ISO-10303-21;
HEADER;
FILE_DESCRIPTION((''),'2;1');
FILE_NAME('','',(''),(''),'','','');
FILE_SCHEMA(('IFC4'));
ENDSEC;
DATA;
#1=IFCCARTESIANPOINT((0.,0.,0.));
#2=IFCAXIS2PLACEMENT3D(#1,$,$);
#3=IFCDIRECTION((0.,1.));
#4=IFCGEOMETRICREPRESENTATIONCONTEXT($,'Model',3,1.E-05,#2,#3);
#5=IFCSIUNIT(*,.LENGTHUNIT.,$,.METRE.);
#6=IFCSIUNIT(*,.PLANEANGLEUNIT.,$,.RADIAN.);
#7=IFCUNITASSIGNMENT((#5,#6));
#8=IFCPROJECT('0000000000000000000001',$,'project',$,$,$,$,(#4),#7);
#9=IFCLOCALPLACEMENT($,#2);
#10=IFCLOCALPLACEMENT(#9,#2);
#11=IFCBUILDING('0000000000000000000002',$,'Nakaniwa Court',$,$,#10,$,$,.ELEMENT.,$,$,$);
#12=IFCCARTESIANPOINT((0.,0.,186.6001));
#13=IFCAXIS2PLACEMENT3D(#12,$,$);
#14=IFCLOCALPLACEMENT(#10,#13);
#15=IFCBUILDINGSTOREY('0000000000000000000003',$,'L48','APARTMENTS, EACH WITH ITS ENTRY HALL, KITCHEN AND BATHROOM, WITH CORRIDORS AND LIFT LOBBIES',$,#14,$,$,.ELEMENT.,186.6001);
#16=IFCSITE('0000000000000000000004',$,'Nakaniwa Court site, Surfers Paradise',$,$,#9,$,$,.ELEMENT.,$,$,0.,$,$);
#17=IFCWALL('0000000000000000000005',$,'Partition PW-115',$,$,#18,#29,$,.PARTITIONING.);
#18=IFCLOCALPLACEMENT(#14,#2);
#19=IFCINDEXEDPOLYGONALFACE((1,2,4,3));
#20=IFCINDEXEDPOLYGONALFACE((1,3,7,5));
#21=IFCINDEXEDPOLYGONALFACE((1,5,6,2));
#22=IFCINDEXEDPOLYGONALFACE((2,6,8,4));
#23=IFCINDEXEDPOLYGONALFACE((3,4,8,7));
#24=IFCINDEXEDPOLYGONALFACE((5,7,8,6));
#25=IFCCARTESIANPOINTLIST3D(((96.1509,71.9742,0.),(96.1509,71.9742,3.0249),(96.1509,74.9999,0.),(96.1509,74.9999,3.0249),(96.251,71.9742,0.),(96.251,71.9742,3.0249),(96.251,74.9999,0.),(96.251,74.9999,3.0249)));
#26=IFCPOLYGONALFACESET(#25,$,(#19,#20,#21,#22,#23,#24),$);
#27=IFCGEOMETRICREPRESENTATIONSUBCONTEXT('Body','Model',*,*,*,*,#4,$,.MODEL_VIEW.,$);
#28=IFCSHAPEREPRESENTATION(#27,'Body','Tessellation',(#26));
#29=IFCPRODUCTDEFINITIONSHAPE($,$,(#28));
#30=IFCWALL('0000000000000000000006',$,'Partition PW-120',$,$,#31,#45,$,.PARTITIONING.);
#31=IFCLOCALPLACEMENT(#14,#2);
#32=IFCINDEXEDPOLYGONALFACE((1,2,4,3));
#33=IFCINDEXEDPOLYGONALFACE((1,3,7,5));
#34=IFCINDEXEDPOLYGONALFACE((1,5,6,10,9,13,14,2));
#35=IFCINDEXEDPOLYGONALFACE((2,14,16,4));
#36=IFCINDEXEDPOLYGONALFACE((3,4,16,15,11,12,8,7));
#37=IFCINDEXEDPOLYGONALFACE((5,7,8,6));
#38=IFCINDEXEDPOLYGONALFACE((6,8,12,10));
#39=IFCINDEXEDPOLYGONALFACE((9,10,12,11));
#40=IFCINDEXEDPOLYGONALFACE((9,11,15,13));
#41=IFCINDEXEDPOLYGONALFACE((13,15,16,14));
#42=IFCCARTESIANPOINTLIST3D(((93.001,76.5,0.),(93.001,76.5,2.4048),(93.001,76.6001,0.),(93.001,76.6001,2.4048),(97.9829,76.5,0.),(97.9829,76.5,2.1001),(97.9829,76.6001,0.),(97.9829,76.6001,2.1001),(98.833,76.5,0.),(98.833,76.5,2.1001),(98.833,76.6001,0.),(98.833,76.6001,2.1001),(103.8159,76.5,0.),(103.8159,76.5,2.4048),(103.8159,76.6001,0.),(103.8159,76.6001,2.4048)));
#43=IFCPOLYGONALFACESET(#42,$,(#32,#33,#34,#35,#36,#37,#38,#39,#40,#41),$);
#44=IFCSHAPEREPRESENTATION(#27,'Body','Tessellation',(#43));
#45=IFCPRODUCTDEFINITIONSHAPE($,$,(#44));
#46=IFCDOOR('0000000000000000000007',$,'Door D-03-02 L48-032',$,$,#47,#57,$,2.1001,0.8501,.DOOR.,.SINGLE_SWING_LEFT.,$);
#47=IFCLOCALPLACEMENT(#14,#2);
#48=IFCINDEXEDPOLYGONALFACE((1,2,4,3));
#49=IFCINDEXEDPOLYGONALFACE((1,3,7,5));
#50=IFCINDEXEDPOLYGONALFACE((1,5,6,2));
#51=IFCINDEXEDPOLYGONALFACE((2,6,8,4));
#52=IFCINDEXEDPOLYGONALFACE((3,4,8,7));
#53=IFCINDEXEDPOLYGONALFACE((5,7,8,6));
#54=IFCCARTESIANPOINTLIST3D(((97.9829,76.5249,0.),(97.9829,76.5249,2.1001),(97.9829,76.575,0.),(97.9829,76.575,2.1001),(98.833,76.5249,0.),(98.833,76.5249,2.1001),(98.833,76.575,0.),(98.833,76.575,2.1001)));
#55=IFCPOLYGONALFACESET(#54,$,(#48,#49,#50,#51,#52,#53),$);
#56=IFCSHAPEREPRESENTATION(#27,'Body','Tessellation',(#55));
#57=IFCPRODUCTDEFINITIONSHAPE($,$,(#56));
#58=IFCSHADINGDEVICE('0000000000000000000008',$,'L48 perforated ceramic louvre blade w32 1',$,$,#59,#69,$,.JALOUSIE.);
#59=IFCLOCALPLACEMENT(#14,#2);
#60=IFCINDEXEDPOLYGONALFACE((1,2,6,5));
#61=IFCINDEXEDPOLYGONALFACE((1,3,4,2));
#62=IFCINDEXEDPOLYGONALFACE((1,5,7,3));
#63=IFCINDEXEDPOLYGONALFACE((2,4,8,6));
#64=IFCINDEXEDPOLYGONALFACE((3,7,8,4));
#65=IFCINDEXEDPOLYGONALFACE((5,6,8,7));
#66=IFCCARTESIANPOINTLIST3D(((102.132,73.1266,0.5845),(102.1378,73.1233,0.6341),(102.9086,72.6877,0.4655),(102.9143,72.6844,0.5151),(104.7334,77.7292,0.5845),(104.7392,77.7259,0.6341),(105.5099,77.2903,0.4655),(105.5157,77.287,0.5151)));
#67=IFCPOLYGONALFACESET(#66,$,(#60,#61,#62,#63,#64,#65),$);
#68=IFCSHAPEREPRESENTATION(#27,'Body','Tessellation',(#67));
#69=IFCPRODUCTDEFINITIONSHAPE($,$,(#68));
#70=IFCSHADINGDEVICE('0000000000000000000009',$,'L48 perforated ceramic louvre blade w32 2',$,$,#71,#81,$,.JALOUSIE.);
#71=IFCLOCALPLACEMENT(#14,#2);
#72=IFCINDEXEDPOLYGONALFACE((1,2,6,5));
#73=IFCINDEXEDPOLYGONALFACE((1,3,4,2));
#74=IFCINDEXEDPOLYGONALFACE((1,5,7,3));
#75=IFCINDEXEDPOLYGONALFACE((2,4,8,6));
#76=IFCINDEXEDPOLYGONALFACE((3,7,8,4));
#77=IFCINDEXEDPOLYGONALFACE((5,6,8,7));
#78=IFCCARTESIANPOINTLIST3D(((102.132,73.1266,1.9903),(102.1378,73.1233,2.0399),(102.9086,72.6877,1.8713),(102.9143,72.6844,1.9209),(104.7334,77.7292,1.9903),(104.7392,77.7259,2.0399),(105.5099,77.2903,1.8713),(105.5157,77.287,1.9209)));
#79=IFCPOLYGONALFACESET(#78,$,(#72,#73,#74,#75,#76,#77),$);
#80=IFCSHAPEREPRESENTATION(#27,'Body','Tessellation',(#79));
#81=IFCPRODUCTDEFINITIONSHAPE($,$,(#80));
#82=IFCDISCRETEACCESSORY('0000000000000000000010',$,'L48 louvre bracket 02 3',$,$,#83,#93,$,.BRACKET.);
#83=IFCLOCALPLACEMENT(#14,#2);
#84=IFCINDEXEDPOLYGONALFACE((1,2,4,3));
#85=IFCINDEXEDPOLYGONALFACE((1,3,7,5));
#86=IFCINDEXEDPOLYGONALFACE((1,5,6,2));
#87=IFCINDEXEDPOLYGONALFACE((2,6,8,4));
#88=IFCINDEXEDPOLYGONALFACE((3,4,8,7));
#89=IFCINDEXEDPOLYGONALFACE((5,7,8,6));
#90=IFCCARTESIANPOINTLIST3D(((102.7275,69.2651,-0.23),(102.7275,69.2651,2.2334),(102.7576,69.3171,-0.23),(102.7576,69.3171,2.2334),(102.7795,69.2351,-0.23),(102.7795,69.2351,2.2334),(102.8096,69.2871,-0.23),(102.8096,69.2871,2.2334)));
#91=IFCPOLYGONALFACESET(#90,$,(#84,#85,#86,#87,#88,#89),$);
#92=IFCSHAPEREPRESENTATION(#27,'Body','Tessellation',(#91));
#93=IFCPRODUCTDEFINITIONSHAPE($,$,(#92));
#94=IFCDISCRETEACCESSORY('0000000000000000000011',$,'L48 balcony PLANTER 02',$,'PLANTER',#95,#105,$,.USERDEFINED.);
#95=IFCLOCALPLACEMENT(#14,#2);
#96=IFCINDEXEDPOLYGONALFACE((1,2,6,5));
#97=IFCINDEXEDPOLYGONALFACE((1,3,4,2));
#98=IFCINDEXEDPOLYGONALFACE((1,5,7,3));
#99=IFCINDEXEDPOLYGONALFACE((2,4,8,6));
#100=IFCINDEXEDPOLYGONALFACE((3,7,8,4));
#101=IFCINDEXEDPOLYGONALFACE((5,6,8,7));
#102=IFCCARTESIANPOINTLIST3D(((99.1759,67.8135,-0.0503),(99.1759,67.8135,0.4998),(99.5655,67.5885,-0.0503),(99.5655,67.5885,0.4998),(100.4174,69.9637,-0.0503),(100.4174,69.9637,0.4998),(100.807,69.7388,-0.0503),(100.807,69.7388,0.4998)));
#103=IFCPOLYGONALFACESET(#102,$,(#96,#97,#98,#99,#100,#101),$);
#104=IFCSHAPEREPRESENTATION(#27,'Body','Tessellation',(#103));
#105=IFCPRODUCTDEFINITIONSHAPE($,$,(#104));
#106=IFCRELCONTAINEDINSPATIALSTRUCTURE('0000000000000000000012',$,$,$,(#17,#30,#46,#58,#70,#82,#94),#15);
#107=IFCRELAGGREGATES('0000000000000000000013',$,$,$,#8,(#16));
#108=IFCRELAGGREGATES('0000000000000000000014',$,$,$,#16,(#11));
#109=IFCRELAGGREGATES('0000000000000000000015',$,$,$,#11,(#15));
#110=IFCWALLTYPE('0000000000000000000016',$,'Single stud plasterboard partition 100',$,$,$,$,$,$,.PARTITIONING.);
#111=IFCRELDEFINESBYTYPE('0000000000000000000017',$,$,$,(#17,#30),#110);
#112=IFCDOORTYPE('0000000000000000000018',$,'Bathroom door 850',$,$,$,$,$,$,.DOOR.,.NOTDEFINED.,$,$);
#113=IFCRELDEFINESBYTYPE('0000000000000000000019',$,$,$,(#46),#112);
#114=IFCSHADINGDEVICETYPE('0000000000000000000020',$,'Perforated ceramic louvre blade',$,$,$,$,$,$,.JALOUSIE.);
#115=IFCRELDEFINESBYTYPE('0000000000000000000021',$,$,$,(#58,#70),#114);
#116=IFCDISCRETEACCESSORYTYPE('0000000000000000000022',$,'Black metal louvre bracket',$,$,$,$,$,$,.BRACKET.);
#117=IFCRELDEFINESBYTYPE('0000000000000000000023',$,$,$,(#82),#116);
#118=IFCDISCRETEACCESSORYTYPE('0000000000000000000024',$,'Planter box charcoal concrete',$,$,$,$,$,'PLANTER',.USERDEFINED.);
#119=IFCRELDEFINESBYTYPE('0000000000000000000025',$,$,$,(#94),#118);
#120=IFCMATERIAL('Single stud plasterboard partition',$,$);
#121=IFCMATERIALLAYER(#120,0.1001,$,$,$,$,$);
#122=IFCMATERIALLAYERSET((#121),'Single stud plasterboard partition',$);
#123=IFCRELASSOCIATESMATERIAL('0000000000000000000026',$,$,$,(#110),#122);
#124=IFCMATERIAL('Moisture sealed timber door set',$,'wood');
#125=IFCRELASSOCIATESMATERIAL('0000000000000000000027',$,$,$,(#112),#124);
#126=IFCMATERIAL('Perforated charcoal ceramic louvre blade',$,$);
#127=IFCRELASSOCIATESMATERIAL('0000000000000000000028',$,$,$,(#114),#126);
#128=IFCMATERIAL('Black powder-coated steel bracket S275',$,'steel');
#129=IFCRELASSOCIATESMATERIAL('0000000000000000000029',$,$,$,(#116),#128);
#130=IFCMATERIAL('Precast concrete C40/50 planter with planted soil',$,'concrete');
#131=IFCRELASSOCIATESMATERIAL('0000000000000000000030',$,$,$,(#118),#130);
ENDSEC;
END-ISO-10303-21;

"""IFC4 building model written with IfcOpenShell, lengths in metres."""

from ifc_helpers import new_model, si_unit, direction, frame, frame_2d, origin, origin_2d, place, context, subcontext, project, spatial, rectangle, extrude, material, layer, layer_set, material_profile, profile_set, type_object, element, fill, save


model = new_model("IFC4")

# Units and contexts
model_context = context("Model", 3, precision=1e-05, world=origin(), true_north=direction((0.0, 1.0)))
body_context = subcontext(model_context, "Body", "Model", "MODEL_VIEW")
ifc_project = project(units=[si_unit("LENGTHUNIT", "METRE"), si_unit("PLANEANGLEUNIT", "RADIAN")], contexts=[model_context])

# Site, building, storey
site_placement = place(None, origin())
site = spatial("IfcSite", under=ifc_project, at=site_placement, Name="Nakaniwa Court site, Surfers Paradise", CompositionType="ELEMENT", RefElevation=0.0)
building_placement = place(site_placement, origin())
building = spatial("IfcBuilding", under=site, at=building_placement, Name="Nakaniwa Court", CompositionType="ELEMENT")
storey_placement = place(building_placement, frame((0.0, 0.0, 186.6001)))
storey = spatial("IfcBuildingStorey", under=building, at=storey_placement, Name="L48", Description="APARTMENTS, EACH WITH ITS ENTRY HALL, KITCHEN AND BATHROOM, WITH CORRIDORS AND LIFT LOBBIES", CompositionType="ELEMENT", Elevation=186.6001)

# Shared definitions
ifc_material_1 = material(Name="Single stud plasterboard partition")
ifc_layer_1 = layer(ifc_material_1, 0.1001)
ifc_layer_set_1 = layer_set([ifc_layer_1], Name="Single stud plasterboard partition")
wall_type_1 = type_object("IfcWallType", Name="Single stud plasterboard partition 100", PredefinedType="PARTITIONING", material=ifc_layer_set_1)
ifc_material_2 = material(Name="Moisture sealed timber door set", Category="wood")
door_type_1 = type_object("IfcDoorType", Name="Bathroom door 850", OperationType="NOTDEFINED", PredefinedType="DOOR", material=ifc_material_2)

# Wall
wall_1_placement = place(storey_placement, frame((96.2009, 71.9744, 0.0), z_axis=(0.0, 0.0, 1.0), x_axis=(0.0, 1.0, 0.0)))
element("IfcWall", 1, at=wall_1_placement, inside=storey, type_object=wall_type_1, Name="Partition PW-115", PredefinedType="PARTITIONING", context=body_context, shape_type="SweptSolid", body=[
    extrude(rectangle(XDim=3.0256, YDim=0.1001, at=frame_2d((1.5127, 0.0))), origin(), (0.0, 0.0, 1.0), 3.0249),
])

# Wall, opening, door
wall_2_placement = place(storey_placement, frame((93.001, 76.55, 0.0), z_axis=(0.0, 0.0, 1.0), x_axis=(1.0, 0.0, 0.0)))
wall_2 = element("IfcWall", 2, at=wall_2_placement, inside=storey, type_object=wall_type_1, Name="Partition PW-120", PredefinedType="PARTITIONING", context=body_context, shape_type="SweptSolid", body=[
    extrude(rectangle(XDim=10.8149, YDim=0.1001, at=frame_2d((5.4075, 0.0))), origin(), (0.0, 0.0, 1.0), 2.4048),
])
opening_1_placement = place(wall_2_placement, frame((4.9819, 0.0, 0.0)))
opening_1 = element("IfcOpeningElement", 3, at=opening_1_placement, cuts=wall_2, PredefinedType="OPENING", context=body_context, shape_type="SweptSolid", body=[
    extrude(rectangle(XDim=0.8501, YDim=2.1001, at=frame_2d((0.425, 1.05))), frame((0.0, 0.0601, 0.0), z_axis=(0.0, -1.0, 0.0), x_axis=(1.0, 0.0, 0.0)), (0.0, 0.0, 1.0), 0.1201),
])
door_1_placement = place(opening_1_placement, origin())
door_1 = element("IfcDoor", 4, at=door_1_placement, inside=storey, type_object=door_type_1, Name="Door D-03-02 L48-032", OperationType="SINGLE_SWING_LEFT", OverallHeight=2.1001, OverallWidth=0.8501, PredefinedType="DOOR", context=body_context, shape_type="SweptSolid", body=[
    extrude(rectangle(XDim=0.8501, YDim=2.1001, at=frame_2d((0.425, 1.05))), frame((0.0, 0.0249, 0.0), z_axis=(0.0, -1.0, 0.0), x_axis=(1.0, 0.0, 0.0)), (0.0, 0.0, 1.0), 0.05),
])
fill(opening_1, door_1)

# Shading devices
ifc_material_3 = material(Name="Perforated charcoal ceramic louvre blade")
ifc_material_profile_1 = material_profile(ifc_material_3, rectangle(XDim=0.8999, YDim=0.05, at=origin_2d()), Name="Perforated ceramic louvre blade")
ifc_profile_set_1 = profile_set([ifc_material_profile_1], Name="Perforated charcoal ceramic louvre blade")
shading_device_type = type_object("IfcShadingDeviceType", Name="Perforated ceramic louvre blade", PredefinedType="JALOUSIE", material=ifc_profile_set_1)
for number, where, z_axis, x_axis, name in (
    (5, (102.5232, 72.9055, 0.5498), (0.492041, 0.870572, 0.0), (-0.862925, 0.487718, 0.132256), "L48 perforated ceramic louvre blade w32 1"),
    (6, (102.5232, 72.9055, 1.9556), (0.492041, 0.870572, 0.0), (-0.862925, 0.487718, 0.132256), "L48 perforated ceramic louvre blade w32 2"),
):
    element("IfcShadingDevice", number, at=place(storey_placement, frame(where, z_axis=z_axis, x_axis=x_axis)), inside=storey, type_object=shading_device_type, Name=name, PredefinedType="JALOUSIE", context=body_context, shape_type="SweptSolid", body=[
        extrude(rectangle(XDim=0.8999, YDim=0.05, at=origin_2d()), origin(), (0.0, 0.0, 1.0), 5.2869),
    ])

# Discrete accessories
ifc_material_4 = material(Name="Black powder-coated steel bracket S275", Category="steel")
discrete_accessory_type_1 = type_object("IfcDiscreteAccessoryType", Name="Black metal louvre bracket", PredefinedType="BRACKET", material=ifc_material_4)
discrete_accessory_1_placement = place(storey_placement, frame((102.7686, 69.2761, -0.23), z_axis=(0.0, 0.0, 1.0), x_axis=(0.500017, 0.866016, 0.0)))
element("IfcDiscreteAccessory", 7, at=discrete_accessory_1_placement, inside=storey, type_object=discrete_accessory_type_1, Name="L48 louvre bracket 02 3", PredefinedType="BRACKET", context=body_context, shape_type="SweptSolid", body=[
    extrude(rectangle(XDim=0.0601, YDim=0.0601, at=origin_2d()), origin(), (0.0, 0.0, 1.0), 2.4634),
])
ifc_material_5 = material(Name="Precast concrete C40/50 planter with planted soil", Category="concrete")
discrete_accessory_type_2 = type_object("IfcDiscreteAccessoryType", Name="Planter box charcoal concrete", ElementType="PLANTER", PredefinedType="USERDEFINED", material=ifc_material_5)
discrete_accessory_2_placement = place(storey_placement, frame((99.9915, 68.7761, -0.0503), z_axis=(0.0, 0.0, 1.0), x_axis=(0.500017, 0.866016, 0.0)))
element("IfcDiscreteAccessory", 8, at=discrete_accessory_2_placement, inside=storey, type_object=discrete_accessory_type_2, Name="L48 balcony PLANTER 02", ObjectType="PLANTER", PredefinedType="USERDEFINED", context=body_context, shape_type="SweptSolid", body=[
    extrude(rectangle(XDim=2.4829, YDim=0.45, at=origin_2d()), origin(), (0.0, 0.0, 1.0), 0.55),
])

save(model, "model.ifc")
